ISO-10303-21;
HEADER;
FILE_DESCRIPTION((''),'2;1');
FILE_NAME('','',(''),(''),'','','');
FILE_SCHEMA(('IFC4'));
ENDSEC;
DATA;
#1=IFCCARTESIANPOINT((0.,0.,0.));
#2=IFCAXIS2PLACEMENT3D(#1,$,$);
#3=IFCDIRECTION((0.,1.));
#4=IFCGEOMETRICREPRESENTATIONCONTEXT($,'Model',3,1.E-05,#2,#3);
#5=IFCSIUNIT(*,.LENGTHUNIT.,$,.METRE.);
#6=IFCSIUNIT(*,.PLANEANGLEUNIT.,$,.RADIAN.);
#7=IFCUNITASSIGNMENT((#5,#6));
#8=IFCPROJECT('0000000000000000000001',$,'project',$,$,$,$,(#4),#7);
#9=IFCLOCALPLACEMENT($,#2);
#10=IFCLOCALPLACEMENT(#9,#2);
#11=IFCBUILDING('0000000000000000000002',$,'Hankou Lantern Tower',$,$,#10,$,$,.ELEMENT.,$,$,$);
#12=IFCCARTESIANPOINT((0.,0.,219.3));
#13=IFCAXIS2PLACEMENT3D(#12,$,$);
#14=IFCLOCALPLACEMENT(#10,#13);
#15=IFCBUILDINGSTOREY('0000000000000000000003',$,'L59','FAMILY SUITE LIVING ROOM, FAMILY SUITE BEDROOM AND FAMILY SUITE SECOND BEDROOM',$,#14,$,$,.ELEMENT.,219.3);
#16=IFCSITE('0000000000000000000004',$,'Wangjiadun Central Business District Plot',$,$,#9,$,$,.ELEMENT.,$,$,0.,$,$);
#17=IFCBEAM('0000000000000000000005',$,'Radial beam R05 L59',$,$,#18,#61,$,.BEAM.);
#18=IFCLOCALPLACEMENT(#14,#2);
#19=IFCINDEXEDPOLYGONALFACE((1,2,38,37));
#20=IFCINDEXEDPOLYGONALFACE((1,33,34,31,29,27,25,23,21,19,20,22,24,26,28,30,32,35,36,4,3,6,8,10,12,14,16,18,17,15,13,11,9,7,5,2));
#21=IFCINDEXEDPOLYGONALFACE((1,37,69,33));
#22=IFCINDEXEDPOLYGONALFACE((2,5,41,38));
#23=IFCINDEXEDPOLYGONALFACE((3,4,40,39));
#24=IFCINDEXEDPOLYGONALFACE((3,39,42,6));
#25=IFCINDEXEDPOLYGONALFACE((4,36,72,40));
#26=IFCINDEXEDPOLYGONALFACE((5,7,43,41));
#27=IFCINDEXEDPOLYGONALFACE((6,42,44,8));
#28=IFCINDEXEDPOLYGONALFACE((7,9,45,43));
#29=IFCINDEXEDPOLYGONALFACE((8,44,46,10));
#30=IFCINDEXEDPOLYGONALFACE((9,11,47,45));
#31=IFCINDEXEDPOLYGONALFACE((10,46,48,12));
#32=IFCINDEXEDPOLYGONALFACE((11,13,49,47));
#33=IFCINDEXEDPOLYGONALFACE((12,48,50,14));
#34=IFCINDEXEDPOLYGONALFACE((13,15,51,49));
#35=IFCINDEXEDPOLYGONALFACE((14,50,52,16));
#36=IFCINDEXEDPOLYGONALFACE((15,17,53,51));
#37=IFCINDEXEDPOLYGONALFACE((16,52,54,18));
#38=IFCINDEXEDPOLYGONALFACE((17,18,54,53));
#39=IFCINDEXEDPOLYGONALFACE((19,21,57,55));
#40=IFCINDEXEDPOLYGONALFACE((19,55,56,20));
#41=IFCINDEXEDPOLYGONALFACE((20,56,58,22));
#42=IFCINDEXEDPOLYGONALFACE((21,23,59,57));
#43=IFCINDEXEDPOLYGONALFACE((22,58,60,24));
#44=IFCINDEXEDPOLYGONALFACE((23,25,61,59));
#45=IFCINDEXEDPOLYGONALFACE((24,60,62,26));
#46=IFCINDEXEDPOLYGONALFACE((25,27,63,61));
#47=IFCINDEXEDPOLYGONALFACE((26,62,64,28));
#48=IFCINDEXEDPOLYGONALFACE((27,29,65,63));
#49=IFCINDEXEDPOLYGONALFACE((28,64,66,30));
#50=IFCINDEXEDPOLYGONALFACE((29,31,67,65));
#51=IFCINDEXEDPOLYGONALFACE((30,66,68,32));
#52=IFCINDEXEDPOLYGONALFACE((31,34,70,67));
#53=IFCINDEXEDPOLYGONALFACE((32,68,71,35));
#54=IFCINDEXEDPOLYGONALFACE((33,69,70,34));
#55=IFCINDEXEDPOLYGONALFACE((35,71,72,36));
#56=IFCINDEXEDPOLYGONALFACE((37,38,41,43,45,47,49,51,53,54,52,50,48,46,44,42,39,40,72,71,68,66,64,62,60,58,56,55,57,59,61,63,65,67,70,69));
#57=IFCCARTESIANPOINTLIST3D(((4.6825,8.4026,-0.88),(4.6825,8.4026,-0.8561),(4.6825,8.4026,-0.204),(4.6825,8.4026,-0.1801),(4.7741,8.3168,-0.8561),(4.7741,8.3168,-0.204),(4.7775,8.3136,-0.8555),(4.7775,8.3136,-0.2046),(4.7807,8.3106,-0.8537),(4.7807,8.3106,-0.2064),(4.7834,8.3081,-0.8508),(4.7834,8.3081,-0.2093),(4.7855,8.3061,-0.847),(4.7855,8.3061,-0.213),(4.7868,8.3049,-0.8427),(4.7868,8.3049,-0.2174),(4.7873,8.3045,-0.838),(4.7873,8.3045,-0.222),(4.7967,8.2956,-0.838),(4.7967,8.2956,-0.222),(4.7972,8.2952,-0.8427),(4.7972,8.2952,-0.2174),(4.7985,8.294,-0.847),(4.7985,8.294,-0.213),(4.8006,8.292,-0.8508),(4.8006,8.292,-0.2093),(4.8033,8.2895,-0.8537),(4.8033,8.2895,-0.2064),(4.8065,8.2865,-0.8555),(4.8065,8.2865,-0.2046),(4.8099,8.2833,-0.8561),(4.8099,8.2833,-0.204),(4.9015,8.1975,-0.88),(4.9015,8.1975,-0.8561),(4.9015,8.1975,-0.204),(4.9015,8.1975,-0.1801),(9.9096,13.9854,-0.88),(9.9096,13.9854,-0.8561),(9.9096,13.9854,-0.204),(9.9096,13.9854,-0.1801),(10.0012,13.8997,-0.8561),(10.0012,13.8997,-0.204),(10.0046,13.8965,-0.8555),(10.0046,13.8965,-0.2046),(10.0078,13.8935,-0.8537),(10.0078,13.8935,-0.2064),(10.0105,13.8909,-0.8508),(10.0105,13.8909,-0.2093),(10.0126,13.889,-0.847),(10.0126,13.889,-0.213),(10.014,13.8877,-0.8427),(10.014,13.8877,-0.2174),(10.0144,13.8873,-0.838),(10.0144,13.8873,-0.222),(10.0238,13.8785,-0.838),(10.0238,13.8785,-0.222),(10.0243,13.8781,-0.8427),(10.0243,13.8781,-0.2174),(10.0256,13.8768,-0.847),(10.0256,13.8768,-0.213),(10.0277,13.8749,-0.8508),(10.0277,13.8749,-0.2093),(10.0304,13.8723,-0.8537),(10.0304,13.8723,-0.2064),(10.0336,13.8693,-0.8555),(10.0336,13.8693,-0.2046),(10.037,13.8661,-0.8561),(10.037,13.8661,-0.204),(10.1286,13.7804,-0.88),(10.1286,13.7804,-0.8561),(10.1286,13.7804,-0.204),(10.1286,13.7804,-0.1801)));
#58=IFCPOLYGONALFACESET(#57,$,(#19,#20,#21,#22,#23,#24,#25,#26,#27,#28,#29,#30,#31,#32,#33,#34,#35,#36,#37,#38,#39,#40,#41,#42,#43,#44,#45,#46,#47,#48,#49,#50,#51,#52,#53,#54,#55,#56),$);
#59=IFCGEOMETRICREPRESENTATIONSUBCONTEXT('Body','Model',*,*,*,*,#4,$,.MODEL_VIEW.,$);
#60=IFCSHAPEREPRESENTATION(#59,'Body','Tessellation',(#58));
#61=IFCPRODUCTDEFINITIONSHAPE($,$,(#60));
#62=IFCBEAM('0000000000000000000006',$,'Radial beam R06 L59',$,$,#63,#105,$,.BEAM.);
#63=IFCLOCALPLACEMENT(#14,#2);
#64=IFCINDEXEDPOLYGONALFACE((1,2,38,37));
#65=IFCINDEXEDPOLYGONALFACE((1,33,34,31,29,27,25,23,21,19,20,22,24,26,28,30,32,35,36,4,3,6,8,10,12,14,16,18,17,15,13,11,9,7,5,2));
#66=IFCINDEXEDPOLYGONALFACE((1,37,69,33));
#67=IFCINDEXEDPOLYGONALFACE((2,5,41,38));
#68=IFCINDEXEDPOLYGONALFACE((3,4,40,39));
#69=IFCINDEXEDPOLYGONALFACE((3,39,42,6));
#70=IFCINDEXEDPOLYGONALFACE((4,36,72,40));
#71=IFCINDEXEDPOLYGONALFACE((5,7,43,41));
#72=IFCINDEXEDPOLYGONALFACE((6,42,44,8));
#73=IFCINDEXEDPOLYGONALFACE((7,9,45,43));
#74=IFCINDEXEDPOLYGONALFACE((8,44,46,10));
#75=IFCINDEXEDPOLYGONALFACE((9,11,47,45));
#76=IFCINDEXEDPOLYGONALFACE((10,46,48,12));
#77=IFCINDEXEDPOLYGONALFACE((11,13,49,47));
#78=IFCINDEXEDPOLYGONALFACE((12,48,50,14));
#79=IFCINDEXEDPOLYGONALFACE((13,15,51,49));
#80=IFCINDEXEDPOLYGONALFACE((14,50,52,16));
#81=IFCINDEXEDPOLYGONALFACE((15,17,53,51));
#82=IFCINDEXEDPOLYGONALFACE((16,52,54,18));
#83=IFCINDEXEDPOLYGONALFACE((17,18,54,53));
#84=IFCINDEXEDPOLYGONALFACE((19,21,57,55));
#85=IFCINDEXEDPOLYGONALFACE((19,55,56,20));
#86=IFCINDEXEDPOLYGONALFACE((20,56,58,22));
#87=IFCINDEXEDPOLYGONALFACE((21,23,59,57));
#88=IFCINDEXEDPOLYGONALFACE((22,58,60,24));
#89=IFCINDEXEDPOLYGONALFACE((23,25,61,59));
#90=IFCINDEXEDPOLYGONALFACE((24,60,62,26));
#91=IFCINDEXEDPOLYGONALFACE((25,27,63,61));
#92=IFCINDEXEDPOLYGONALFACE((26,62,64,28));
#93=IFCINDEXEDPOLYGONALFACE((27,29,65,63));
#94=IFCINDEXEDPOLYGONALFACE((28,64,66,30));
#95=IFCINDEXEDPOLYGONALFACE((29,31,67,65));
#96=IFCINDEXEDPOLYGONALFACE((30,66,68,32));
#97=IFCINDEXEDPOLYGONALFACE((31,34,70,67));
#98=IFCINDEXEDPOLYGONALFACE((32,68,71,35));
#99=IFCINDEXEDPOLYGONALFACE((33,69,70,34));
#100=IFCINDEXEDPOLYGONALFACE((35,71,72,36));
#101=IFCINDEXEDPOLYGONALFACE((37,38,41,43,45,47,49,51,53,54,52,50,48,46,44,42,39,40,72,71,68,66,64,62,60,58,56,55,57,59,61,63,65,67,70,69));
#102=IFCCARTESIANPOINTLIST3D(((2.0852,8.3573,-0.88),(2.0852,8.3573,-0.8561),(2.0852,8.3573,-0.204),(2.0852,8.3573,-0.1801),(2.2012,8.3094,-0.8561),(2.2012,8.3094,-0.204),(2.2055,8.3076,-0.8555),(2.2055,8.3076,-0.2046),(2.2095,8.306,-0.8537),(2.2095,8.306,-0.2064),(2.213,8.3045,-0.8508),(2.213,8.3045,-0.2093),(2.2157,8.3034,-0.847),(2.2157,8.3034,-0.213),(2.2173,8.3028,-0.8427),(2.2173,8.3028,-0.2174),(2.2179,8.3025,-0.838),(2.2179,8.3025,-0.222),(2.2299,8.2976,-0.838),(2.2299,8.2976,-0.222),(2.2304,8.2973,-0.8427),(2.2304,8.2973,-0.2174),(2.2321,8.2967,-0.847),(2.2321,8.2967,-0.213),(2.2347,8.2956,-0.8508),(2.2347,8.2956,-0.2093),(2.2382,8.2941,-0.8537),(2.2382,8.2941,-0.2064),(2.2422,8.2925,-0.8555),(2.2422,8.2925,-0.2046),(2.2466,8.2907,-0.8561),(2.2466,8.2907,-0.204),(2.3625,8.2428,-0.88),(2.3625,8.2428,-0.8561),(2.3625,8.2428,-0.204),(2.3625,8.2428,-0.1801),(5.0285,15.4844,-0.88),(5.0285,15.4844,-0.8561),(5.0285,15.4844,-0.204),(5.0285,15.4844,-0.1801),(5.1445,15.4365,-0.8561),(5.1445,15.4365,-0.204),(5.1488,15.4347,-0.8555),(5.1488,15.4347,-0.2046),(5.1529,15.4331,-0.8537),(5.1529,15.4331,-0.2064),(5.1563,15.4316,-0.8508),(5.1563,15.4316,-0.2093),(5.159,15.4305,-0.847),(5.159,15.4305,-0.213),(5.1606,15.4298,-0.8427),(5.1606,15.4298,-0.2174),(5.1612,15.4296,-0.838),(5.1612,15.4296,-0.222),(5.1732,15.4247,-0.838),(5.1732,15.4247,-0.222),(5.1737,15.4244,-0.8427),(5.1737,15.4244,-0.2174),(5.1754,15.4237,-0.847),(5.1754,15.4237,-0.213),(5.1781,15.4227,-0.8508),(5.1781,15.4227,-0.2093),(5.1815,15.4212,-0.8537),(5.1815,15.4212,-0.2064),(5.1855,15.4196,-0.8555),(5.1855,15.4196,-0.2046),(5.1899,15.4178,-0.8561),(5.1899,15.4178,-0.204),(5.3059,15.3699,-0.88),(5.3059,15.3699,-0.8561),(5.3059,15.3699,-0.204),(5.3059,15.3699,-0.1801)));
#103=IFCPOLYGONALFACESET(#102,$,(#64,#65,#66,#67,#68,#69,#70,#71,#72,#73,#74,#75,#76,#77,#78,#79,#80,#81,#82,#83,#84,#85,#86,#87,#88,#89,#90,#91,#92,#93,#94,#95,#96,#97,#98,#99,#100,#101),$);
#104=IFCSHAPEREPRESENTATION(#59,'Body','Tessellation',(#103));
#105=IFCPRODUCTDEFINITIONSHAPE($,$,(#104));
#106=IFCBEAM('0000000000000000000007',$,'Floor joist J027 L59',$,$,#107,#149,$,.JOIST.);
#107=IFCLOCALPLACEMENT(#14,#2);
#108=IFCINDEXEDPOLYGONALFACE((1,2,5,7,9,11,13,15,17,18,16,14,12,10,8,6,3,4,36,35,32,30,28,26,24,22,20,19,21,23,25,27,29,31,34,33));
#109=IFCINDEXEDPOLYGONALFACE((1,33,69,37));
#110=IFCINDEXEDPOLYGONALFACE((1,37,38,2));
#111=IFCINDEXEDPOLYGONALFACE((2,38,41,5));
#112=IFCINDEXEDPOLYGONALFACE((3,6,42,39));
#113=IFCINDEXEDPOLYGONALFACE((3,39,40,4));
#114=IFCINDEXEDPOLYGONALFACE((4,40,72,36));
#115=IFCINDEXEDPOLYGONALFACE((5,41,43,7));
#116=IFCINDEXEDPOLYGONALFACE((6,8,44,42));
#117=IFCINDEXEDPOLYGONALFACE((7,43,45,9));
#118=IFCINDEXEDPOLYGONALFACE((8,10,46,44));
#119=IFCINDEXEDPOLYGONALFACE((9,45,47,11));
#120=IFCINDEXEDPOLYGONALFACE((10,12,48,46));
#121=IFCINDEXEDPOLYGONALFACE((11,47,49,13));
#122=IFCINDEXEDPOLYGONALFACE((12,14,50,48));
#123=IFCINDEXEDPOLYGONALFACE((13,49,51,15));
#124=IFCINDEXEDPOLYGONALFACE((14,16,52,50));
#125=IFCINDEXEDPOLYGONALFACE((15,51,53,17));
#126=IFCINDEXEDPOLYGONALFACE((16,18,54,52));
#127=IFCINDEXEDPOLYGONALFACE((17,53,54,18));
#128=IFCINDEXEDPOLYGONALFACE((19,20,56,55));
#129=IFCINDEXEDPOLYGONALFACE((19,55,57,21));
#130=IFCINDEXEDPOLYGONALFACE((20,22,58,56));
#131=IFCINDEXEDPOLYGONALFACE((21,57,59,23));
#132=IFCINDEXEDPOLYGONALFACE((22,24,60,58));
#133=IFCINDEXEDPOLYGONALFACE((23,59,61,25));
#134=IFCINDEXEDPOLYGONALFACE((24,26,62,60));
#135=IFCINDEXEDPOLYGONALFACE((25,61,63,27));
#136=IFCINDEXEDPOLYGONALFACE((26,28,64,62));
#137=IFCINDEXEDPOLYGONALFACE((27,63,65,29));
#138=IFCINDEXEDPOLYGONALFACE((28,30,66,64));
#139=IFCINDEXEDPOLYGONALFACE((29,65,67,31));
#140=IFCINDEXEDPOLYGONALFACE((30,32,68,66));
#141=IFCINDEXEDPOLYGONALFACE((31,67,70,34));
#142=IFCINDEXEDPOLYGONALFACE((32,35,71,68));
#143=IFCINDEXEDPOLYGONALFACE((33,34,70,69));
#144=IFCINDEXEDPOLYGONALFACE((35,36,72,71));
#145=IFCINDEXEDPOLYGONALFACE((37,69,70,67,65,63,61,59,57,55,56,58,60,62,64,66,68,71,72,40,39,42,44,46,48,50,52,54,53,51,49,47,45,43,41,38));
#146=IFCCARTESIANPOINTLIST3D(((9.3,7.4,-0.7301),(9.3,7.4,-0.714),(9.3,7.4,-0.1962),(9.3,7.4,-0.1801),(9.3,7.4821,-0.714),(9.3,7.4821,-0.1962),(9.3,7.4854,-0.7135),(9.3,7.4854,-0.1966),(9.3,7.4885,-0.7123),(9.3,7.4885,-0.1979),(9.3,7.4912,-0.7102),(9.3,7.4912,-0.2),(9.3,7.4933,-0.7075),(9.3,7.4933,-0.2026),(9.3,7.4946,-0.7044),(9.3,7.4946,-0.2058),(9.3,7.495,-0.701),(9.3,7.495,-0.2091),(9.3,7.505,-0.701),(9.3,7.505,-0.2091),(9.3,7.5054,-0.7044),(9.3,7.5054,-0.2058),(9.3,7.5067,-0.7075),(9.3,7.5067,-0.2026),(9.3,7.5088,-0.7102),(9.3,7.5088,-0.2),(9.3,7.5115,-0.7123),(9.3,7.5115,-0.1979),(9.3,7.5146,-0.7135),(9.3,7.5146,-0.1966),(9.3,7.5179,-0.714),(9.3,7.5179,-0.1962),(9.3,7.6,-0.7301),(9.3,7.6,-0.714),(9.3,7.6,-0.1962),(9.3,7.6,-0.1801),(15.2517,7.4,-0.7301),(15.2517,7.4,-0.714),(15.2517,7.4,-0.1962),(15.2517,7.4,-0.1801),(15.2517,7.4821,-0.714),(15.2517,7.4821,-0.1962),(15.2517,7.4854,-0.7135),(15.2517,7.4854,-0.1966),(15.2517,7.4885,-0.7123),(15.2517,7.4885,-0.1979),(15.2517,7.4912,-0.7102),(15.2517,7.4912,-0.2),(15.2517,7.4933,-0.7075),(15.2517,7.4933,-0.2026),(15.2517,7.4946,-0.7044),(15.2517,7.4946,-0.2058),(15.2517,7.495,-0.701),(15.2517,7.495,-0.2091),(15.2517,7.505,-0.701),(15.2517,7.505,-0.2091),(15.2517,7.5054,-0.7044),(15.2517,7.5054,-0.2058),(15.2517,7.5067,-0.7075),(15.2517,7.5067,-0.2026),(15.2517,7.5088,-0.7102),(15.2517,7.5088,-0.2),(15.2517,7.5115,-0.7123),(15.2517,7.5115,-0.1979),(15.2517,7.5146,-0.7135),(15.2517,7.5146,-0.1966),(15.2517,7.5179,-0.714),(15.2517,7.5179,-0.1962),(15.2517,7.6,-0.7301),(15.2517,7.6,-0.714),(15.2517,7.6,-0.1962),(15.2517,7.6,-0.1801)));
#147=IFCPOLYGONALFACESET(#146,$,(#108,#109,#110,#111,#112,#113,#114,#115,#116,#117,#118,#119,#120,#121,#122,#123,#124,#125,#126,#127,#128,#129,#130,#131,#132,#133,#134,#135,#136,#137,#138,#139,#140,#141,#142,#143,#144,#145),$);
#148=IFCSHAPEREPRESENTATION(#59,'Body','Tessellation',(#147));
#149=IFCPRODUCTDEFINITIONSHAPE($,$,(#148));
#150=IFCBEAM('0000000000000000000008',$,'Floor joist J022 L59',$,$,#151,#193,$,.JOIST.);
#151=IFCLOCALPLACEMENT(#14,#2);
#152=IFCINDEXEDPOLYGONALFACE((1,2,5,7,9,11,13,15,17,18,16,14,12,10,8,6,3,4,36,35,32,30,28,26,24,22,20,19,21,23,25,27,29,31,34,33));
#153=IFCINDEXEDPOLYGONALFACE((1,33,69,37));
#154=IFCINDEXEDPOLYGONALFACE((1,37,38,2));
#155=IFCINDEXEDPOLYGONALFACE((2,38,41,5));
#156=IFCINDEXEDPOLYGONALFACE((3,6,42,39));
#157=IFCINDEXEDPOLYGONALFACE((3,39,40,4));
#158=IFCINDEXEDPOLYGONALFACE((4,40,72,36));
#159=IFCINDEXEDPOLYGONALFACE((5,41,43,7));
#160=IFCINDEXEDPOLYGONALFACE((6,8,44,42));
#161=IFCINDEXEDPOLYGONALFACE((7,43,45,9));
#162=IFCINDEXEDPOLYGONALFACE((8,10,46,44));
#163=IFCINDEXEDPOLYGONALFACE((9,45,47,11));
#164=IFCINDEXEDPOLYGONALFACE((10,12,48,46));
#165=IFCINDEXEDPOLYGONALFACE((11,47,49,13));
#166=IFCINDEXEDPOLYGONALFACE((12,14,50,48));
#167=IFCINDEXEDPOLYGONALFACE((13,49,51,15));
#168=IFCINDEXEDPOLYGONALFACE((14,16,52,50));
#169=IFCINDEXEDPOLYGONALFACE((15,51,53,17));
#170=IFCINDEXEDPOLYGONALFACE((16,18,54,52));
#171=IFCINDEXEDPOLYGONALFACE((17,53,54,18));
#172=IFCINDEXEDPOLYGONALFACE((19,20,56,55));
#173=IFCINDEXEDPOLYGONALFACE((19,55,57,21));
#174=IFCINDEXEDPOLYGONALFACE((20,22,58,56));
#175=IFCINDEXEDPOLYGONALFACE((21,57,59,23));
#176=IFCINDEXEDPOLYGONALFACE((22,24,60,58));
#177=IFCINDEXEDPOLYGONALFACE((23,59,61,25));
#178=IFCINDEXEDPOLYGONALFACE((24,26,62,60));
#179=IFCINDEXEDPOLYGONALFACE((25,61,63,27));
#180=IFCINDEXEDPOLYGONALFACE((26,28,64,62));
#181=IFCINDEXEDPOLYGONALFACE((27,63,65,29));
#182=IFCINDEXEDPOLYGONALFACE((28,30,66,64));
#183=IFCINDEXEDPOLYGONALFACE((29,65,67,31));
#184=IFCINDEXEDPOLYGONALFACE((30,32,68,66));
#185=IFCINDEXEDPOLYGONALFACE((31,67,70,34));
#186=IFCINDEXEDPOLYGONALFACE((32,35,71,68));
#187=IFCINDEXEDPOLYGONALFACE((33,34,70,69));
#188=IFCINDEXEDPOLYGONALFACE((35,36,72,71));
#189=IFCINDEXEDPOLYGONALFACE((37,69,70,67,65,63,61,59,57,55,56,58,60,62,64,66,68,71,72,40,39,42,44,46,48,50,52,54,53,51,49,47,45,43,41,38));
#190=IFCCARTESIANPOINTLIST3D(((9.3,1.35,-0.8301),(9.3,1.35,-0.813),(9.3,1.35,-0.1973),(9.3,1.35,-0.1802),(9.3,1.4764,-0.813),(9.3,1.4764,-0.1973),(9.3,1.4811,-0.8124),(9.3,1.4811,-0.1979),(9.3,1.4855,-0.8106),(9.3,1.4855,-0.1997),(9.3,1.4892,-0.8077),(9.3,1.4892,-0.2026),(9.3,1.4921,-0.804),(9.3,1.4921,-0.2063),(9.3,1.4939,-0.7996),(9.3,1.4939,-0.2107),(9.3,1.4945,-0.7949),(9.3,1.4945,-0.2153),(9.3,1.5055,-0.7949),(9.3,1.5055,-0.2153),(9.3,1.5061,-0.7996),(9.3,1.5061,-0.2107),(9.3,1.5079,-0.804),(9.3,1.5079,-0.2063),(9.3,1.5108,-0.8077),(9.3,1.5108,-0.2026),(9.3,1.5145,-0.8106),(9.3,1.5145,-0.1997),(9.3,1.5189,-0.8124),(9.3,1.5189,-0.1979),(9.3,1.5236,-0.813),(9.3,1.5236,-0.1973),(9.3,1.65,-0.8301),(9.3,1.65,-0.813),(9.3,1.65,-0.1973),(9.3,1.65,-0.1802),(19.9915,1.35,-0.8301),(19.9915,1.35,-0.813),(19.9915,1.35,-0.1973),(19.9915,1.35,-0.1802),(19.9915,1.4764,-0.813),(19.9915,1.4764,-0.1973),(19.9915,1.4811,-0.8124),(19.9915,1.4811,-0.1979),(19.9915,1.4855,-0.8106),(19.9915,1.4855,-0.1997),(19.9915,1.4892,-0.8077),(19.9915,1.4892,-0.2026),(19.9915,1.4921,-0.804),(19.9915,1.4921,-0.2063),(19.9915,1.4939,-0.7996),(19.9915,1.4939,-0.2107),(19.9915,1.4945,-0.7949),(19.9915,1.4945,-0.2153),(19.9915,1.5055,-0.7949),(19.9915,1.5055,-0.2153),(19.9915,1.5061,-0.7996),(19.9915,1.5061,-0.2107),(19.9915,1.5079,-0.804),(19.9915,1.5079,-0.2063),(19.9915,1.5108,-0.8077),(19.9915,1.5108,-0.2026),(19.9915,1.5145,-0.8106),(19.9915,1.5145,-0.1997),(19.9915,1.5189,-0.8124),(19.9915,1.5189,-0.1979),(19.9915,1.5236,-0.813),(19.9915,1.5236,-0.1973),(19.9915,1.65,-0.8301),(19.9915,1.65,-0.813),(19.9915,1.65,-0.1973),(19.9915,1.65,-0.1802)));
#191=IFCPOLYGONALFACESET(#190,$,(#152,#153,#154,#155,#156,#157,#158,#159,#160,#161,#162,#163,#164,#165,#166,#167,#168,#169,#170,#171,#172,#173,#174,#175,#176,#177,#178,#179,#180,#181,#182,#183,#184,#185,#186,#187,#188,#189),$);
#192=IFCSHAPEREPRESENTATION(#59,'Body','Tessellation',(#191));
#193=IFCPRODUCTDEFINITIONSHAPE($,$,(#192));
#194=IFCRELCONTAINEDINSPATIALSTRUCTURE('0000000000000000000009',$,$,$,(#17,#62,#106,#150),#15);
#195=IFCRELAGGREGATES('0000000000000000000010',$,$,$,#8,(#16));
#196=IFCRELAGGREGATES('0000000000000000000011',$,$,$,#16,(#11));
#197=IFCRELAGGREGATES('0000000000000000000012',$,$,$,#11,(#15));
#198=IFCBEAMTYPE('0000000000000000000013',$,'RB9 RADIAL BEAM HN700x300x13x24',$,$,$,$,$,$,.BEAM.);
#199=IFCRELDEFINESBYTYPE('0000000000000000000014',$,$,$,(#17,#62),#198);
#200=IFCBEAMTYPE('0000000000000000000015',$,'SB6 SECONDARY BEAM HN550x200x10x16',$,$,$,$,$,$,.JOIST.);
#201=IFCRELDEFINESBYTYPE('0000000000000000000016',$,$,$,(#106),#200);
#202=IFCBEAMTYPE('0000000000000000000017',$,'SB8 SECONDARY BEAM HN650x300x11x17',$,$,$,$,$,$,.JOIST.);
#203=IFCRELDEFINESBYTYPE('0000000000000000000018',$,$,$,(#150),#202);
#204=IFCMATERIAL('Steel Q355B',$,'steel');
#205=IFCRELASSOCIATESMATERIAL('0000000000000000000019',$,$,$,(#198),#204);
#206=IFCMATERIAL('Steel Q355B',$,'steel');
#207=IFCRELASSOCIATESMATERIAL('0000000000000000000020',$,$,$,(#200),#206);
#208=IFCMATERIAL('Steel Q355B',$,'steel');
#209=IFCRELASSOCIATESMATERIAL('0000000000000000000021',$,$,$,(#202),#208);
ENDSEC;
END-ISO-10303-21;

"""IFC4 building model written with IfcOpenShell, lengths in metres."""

from ifc_helpers import new_model, si_unit, direction, frame, origin, origin_2d, place, context, subcontext, project, spatial, i_section, extrude, material, material_profile, profile_set, type_object, element, save


model = new_model("IFC4")

# Units and contexts
model_context = context("Model", 3, precision=1e-05, world=origin(), true_north=direction((0.0, 1.0)))
body_context = subcontext(model_context, "Body", "Model", "MODEL_VIEW")
ifc_project = project(units=[si_unit("LENGTHUNIT", "METRE"), si_unit("PLANEANGLEUNIT", "RADIAN")], contexts=[model_context])

# Site, building, storey
site_placement = place(None, origin())
site = spatial("IfcSite", under=ifc_project, at=site_placement, Name="Wangjiadun Central Business District Plot", CompositionType="ELEMENT", RefElevation=0.0)
building_placement = place(site_placement, origin())
building = spatial("IfcBuilding", under=site, at=building_placement, Name="Hankou Lantern Tower", CompositionType="ELEMENT")
storey_placement = place(building_placement, frame((0.0, 0.0, 219.3)))
storey = spatial("IfcBuildingStorey", under=building, at=storey_placement, Name="L59", Description="FAMILY SUITE LIVING ROOM, FAMILY SUITE BEDROOM AND FAMILY SUITE SECOND BEDROOM", CompositionType="ELEMENT", Elevation=219.3)

# Beams
ifc_material_1 = material(Name="Steel Q355B", Category="steel")
ifc_material_profile_1 = material_profile(ifc_material_1, i_section(OverallWidth=0.3, OverallDepth=0.7, WebThickness=0.0129, FlangeThickness=0.0239, FilletRadius=0.0181, at=origin_2d()), Name="HN700x300x13x24")
ifc_profile_set_1 = profile_set([ifc_material_profile_1], Name="Steel Q355B")
beam_type_1 = type_object("IfcBeamType", Name="RB9 RADIAL BEAM HN700x300x13x24", PredefinedType="BEAM", material=ifc_profile_set_1)
beam_1_placement = place(storey_placement, frame((4.792, 8.3, -0.53), z_axis=(0.683468, 0.72998, 0.0), x_axis=(-0.72998, 0.683468, 0.0)))
element("IfcBeam", 1, at=beam_1_placement, inside=storey, type_object=beam_type_1, Name="Radial beam R05 L59", PredefinedType="BEAM", context=body_context, shape_type="SweptSolid", body=[
    extrude(i_section(OverallWidth=0.3, OverallDepth=0.7, WebThickness=0.0129, FlangeThickness=0.0239, FilletRadius=0.0181, at=origin_2d()), origin(), (0.0, 0.0, 1.0), 7.6479),
])
beam_2_placement = place(storey_placement, frame((2.2239, 8.3, -0.53), z_axis=(0.381707, 0.924284, 0.0), x_axis=(-0.924284, 0.381707, 0.0)))
element("IfcBeam", 2, at=beam_2_placement, inside=storey, type_object=beam_type_1, Name="Radial beam R06 L59", PredefinedType="BEAM", context=body_context, shape_type="SweptSolid", body=[
    extrude(i_section(OverallWidth=0.3, OverallDepth=0.7, WebThickness=0.0129, FlangeThickness=0.0239, FilletRadius=0.0181, at=origin_2d()), origin(), (0.0, 0.0, 1.0), 7.7109),
])
ifc_material_2 = material(Name="Steel Q355B", Category="steel")
ifc_material_profile_2 = material_profile(ifc_material_2, i_section(OverallWidth=0.2, OverallDepth=0.55, WebThickness=0.01, FlangeThickness=0.0161, FilletRadius=0.0129, at=origin_2d()), Name="HN550x200x10x16")
ifc_profile_set_2 = profile_set([ifc_material_profile_2], Name="Steel Q355B")
beam_type_2 = type_object("IfcBeamType", Name="SB6 SECONDARY BEAM HN550x200x10x16", PredefinedType="JOIST", material=ifc_profile_set_2)
beam_3_placement = place(storey_placement, frame((9.3, 7.5, -0.4551), z_axis=(1.0, 0.0, 0.0), x_axis=(0.0, 1.0, 0.0)))
element("IfcBeam", 3, at=beam_3_placement, inside=storey, type_object=beam_type_2, Name="Floor joist J027 L59", PredefinedType="JOIST", context=body_context, shape_type="SweptSolid", body=[
    extrude(i_section(OverallWidth=0.2, OverallDepth=0.55, WebThickness=0.01, FlangeThickness=0.0161, FilletRadius=0.0129, at=origin_2d()), origin(), (0.0, 0.0, 1.0), 5.9517),
])
ifc_material_3 = material(Name="Steel Q355B", Category="steel")
ifc_material_profile_3 = material_profile(ifc_material_3, i_section(OverallWidth=0.3, OverallDepth=0.6499, WebThickness=0.011, FlangeThickness=0.0171, FilletRadius=0.0181, at=origin_2d()), Name="HN650x300x11x17")
ifc_profile_set_3 = profile_set([ifc_material_profile_3], Name="Steel Q355B")
beam_type_3 = type_object("IfcBeamType", Name="SB8 SECONDARY BEAM HN650x300x11x17", PredefinedType="JOIST", material=ifc_profile_set_3)
beam_4_placement = place(storey_placement, frame((9.3, 1.5, -0.5051), z_axis=(1.0, 0.0, 0.0), x_axis=(0.0, 1.0, 0.0)))
element("IfcBeam", 4, at=beam_4_placement, inside=storey, type_object=beam_type_3, Name="Floor joist J022 L59", PredefinedType="JOIST", context=body_context, shape_type="SweptSolid", body=[
    extrude(i_section(OverallWidth=0.3, OverallDepth=0.6499, WebThickness=0.011, FlangeThickness=0.0171, FilletRadius=0.0181, at=origin_2d()), origin(), (0.0, 0.0, 1.0), 10.6914),
])

save(model, "model.ifc")
